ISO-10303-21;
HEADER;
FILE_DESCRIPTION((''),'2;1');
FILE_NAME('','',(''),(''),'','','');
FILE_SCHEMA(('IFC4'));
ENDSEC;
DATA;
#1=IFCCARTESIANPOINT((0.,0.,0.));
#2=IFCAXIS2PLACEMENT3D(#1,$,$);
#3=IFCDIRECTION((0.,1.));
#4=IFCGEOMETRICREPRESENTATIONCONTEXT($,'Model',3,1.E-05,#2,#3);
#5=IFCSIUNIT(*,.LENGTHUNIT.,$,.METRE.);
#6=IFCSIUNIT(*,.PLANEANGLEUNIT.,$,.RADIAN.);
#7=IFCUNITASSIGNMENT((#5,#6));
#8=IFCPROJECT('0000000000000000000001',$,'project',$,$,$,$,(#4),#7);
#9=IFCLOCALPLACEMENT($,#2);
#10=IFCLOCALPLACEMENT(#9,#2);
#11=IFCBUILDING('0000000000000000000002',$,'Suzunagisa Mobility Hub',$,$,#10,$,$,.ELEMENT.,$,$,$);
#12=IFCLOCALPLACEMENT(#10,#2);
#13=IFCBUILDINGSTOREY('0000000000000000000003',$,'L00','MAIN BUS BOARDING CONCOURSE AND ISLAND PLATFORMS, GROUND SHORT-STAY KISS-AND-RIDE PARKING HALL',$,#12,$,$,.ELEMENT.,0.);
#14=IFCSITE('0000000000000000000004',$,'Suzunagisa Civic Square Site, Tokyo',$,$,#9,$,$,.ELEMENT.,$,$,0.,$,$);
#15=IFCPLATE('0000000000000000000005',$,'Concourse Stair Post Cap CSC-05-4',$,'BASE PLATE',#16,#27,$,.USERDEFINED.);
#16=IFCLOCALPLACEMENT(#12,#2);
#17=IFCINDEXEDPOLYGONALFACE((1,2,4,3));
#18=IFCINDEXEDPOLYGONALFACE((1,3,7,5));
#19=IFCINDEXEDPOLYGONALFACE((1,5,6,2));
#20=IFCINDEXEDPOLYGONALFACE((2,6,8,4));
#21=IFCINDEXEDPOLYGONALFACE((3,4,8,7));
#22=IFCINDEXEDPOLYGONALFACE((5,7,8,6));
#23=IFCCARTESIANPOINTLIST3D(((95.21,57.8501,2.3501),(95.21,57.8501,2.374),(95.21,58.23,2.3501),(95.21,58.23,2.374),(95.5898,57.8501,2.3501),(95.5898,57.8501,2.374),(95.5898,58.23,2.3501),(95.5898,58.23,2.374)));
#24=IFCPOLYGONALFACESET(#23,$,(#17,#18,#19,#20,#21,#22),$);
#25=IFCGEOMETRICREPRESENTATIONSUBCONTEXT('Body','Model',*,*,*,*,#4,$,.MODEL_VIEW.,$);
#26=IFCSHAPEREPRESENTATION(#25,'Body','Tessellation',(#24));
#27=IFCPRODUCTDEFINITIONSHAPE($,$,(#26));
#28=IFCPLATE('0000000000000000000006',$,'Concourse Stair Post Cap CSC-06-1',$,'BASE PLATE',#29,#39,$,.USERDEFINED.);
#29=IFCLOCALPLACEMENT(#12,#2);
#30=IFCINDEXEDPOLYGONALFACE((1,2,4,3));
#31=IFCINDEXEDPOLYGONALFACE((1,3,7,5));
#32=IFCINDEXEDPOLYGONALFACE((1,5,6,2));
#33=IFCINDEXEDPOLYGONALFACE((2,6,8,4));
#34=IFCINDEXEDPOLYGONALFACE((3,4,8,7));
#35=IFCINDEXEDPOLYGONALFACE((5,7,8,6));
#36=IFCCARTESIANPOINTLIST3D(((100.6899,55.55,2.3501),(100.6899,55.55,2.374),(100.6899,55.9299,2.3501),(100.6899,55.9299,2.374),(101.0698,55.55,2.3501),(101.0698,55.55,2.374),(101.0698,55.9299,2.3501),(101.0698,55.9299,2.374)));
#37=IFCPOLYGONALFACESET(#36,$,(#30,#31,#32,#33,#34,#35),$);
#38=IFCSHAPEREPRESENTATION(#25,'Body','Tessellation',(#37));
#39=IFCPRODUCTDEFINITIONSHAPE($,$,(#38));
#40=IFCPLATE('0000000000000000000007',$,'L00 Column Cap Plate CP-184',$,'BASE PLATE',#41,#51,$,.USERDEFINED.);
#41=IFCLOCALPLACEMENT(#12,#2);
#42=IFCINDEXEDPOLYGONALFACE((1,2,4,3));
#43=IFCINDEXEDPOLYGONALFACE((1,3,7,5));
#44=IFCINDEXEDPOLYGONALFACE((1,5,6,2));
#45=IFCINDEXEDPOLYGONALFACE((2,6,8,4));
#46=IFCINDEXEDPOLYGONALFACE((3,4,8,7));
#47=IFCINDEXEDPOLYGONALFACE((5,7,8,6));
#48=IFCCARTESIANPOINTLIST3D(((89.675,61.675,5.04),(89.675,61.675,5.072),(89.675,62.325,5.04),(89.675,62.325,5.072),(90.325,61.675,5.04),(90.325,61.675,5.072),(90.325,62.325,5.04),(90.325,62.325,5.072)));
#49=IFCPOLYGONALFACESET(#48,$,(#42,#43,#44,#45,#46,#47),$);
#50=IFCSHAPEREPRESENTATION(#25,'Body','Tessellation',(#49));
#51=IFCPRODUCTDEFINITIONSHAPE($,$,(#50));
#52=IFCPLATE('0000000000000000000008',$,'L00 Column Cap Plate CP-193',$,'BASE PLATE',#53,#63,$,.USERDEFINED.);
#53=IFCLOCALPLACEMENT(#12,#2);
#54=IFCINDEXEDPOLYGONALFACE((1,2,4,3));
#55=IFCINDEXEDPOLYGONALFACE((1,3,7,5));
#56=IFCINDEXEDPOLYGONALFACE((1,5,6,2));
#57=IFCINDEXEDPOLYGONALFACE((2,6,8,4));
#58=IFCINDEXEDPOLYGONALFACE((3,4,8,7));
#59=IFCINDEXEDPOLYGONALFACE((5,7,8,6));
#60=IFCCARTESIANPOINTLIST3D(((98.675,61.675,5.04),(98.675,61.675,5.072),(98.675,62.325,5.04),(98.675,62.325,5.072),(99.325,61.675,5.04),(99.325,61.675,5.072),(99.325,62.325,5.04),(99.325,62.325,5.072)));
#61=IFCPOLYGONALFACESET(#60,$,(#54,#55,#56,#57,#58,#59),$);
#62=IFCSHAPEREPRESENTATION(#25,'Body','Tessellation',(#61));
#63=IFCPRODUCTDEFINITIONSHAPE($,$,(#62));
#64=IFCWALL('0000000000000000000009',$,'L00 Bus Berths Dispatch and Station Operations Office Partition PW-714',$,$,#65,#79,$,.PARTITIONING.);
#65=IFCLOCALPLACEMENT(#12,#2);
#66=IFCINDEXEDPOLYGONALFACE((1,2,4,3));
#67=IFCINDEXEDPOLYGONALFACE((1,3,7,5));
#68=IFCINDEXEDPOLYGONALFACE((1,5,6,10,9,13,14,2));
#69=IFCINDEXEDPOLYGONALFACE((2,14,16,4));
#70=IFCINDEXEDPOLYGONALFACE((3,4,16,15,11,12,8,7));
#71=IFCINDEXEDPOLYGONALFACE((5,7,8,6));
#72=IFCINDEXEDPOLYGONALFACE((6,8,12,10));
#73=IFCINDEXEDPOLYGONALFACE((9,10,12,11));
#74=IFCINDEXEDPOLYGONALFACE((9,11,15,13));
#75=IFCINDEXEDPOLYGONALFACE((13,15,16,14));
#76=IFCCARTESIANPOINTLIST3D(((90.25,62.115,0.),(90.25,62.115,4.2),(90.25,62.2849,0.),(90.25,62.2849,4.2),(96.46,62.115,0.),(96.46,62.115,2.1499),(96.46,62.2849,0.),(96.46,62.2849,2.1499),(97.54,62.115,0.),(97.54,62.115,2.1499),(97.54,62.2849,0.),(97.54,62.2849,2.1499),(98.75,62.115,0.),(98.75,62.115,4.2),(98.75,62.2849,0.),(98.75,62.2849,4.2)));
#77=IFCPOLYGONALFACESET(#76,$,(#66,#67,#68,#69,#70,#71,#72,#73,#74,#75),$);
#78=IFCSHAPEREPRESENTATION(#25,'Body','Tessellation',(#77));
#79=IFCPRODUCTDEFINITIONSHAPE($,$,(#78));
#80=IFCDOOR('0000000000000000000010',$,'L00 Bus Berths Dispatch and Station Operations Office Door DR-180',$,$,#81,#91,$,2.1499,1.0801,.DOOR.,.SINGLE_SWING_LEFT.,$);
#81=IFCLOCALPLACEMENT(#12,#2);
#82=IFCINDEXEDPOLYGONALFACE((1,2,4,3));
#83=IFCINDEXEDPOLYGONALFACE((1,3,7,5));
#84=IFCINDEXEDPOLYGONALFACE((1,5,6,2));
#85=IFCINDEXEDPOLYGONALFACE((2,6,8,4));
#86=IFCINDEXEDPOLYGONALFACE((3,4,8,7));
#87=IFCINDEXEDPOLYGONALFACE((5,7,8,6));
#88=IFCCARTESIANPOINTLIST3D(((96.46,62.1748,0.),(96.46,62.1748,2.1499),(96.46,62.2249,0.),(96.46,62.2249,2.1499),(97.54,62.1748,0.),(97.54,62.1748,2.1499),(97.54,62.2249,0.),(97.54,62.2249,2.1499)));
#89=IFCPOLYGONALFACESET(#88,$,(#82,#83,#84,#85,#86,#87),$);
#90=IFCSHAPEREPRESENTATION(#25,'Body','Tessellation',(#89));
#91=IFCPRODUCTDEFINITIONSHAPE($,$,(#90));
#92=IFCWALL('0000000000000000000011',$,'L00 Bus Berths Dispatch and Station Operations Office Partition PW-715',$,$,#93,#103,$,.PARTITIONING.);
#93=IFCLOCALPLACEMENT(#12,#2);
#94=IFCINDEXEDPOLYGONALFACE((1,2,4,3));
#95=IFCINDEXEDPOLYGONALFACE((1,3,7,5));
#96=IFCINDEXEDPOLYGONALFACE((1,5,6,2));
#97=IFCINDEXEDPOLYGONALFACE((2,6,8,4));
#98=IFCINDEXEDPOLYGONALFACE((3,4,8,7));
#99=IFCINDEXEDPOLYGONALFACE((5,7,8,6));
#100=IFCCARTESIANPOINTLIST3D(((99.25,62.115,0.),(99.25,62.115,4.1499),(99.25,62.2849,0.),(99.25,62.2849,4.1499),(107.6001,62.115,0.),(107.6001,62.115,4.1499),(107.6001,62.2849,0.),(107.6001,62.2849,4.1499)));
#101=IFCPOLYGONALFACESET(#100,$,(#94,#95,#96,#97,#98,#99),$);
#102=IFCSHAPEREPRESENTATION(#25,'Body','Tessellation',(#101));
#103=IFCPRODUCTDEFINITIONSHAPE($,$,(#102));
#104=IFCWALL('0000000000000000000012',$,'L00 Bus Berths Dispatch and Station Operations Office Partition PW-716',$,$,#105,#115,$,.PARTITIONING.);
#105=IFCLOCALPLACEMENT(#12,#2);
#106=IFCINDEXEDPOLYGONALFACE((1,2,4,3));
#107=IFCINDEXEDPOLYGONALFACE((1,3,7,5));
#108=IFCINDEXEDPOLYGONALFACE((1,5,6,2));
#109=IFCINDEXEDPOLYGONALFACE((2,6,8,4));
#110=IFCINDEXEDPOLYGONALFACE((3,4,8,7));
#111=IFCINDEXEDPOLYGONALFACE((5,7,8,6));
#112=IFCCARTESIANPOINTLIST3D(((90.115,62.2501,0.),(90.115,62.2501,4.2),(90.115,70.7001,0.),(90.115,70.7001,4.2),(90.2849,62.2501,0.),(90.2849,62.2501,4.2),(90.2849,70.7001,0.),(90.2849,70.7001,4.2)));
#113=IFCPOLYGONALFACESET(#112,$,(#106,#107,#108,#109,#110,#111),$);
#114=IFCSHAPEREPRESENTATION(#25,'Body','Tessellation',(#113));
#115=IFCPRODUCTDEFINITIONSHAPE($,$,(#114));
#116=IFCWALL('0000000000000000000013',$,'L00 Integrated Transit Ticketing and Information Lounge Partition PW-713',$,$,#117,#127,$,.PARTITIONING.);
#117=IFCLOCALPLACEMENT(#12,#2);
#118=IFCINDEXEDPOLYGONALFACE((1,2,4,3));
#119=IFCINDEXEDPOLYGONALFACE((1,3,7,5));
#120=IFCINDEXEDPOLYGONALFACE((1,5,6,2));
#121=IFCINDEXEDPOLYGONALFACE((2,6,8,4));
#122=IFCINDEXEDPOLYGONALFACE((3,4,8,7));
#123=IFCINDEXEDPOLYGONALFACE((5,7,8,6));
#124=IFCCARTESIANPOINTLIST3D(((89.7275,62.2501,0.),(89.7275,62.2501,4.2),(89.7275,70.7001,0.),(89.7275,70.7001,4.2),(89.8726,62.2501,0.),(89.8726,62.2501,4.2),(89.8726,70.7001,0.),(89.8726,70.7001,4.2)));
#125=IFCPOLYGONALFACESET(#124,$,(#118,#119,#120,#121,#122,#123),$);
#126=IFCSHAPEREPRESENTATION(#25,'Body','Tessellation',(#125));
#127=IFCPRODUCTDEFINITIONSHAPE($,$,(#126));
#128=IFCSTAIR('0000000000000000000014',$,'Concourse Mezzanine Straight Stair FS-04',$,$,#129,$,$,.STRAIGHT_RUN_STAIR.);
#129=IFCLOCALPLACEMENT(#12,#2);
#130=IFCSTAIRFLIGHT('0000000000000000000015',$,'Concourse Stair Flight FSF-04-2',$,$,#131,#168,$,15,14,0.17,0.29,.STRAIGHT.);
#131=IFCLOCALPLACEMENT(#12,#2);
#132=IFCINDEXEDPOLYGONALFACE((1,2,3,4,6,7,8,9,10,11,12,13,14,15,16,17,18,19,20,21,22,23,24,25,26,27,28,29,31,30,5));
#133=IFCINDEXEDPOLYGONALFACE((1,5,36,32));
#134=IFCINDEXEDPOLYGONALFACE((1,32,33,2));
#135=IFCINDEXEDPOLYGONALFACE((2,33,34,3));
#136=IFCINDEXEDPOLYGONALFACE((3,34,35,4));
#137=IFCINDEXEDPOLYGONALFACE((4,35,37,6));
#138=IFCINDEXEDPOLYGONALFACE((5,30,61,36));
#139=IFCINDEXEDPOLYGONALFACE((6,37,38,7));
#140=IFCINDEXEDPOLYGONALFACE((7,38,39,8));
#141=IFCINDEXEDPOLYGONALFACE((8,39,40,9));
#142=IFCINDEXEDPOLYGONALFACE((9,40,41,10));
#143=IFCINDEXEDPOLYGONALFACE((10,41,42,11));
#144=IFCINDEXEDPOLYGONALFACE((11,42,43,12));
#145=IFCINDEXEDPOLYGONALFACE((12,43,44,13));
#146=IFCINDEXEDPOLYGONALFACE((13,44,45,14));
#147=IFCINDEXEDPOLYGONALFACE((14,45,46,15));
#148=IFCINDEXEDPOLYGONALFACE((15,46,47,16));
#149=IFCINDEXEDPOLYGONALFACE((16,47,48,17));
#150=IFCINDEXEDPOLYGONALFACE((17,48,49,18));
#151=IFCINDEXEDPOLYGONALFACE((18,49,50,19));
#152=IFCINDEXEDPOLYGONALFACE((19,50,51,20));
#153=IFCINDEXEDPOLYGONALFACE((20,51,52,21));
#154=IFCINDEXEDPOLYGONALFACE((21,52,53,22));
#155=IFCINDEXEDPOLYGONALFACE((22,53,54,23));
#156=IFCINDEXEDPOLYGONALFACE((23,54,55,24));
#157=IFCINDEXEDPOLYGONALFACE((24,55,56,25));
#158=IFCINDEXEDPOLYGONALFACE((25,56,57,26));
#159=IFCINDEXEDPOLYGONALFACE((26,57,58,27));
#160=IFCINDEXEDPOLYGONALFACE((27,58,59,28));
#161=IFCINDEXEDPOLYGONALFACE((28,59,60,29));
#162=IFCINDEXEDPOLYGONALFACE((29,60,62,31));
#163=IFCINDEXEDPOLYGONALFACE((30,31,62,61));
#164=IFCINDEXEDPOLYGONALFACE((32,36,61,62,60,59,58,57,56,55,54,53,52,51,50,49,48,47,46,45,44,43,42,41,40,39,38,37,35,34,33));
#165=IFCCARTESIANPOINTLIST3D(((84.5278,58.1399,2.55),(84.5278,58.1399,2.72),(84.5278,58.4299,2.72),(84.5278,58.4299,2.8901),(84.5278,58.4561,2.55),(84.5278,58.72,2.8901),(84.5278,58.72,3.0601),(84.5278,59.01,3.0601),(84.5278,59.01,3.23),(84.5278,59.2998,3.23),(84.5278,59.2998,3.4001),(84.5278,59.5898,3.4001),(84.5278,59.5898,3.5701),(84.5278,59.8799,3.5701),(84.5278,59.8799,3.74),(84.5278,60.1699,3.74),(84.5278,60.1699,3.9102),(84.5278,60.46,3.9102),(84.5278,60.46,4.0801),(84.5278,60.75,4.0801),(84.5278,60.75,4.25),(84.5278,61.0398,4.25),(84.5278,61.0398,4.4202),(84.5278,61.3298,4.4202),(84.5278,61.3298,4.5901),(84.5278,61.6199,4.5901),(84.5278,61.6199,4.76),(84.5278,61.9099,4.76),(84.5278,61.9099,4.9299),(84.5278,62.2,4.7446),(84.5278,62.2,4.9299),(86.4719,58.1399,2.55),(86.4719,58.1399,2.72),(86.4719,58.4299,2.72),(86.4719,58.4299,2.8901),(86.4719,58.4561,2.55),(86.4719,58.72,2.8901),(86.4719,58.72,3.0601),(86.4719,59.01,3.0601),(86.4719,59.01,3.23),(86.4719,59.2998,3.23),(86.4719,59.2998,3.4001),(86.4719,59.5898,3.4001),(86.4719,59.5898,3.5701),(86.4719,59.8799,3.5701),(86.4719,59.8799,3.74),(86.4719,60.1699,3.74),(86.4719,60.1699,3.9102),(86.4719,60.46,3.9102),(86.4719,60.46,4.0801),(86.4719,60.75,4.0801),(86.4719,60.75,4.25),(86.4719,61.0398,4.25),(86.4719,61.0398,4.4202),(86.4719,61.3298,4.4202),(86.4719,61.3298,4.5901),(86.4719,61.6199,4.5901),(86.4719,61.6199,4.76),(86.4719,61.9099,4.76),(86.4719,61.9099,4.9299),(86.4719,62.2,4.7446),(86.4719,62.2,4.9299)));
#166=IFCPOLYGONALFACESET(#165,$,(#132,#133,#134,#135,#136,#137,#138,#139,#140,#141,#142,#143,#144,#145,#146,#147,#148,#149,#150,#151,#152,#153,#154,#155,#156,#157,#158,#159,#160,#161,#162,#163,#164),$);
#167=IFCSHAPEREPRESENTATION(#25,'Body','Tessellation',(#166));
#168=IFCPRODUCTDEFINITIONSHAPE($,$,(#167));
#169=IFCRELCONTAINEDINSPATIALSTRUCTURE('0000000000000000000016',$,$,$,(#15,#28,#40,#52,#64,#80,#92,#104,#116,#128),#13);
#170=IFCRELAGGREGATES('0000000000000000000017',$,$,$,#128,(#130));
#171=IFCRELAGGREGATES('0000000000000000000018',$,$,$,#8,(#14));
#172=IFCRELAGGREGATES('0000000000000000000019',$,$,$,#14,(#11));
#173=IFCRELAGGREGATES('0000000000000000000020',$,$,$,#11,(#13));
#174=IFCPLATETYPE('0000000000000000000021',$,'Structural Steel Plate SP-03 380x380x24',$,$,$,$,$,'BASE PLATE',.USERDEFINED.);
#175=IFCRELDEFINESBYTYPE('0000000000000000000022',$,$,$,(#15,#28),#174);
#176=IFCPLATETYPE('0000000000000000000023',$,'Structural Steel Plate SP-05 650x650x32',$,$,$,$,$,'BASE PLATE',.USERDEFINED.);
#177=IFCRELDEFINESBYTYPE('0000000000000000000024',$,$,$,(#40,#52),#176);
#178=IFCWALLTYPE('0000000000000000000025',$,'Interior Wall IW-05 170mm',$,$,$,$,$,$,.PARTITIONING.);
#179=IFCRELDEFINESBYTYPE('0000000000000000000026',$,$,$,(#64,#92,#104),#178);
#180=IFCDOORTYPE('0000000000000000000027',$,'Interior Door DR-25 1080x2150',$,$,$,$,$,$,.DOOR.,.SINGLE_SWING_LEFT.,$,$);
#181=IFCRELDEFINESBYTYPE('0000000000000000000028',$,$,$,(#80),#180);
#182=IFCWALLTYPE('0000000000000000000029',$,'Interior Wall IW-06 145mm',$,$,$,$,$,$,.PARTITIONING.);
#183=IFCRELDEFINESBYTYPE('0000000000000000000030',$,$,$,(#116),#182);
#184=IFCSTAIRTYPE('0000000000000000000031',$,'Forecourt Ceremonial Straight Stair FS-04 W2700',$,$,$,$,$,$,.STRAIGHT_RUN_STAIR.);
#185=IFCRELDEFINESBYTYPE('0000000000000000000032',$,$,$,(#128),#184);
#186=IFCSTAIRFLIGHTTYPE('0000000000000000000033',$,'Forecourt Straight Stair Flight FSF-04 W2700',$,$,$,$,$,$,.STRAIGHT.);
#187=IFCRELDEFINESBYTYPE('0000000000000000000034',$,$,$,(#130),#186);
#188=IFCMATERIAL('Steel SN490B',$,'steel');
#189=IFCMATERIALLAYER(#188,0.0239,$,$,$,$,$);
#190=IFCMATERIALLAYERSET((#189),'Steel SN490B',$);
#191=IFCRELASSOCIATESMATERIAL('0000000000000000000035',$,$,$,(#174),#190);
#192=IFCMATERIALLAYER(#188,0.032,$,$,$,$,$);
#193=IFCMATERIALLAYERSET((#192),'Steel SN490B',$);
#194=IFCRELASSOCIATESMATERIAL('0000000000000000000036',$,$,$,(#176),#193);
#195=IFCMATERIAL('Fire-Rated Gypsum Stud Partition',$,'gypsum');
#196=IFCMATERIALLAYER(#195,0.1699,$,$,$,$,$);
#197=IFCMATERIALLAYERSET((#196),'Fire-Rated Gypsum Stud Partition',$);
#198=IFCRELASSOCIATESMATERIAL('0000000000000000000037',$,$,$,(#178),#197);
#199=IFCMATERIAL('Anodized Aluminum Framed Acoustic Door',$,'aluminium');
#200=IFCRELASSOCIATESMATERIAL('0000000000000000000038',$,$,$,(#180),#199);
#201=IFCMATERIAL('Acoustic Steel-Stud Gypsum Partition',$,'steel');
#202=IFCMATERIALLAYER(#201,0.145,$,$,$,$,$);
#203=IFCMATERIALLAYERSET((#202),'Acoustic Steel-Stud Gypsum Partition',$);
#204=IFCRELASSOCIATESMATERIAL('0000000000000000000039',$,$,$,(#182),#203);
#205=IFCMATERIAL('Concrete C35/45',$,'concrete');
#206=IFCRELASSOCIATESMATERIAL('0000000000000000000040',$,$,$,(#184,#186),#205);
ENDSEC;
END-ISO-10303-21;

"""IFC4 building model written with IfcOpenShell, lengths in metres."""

from ifc_helpers import new_model, si_unit, direction, frame, frame_2d, origin, origin_2d, place, context, subcontext, project, spatial, polyline, rectangle, outline, extrude, material, layer, layer_set, type_object, element, fill, aggregate, save


model = new_model("IFC4")

# Units and contexts
model_context = context("Model", 3, precision=1e-05, world=origin(), true_north=direction((0.0, 1.0)))
body_context = subcontext(model_context, "Body", "Model", "MODEL_VIEW")
ifc_project = project(units=[si_unit("LENGTHUNIT", "METRE"), si_unit("PLANEANGLEUNIT", "RADIAN")], contexts=[model_context])

# Site, building, storey
site_placement = place(None, origin())
site = spatial("IfcSite", under=ifc_project, at=site_placement, Name="Suzunagisa Civic Square Site, Tokyo", CompositionType="ELEMENT", RefElevation=0.0)
building_placement = place(site_placement, origin())
building = spatial("IfcBuilding", under=site, at=building_placement, Name="Suzunagisa Mobility Hub", CompositionType="ELEMENT")
storey_placement = place(building_placement, origin())
storey = spatial("IfcBuildingStorey", under=building, at=storey_placement, Name="L00", Description="MAIN BUS BOARDING CONCOURSE AND ISLAND PLATFORMS, GROUND SHORT-STAY KISS-AND-RIDE PARKING HALL", CompositionType="ELEMENT", Elevation=0.0)

# Shared definitions
ifc_material_1 = material(Name="Steel SN490B", Category="steel")

# Plates
ifc_layer_1 = layer(ifc_material_1, 0.0239)
ifc_layer_set_1 = layer_set([ifc_layer_1], Name="Steel SN490B")
plate_type_1 = type_object("IfcPlateType", Name="Structural Steel Plate SP-03 380x380x24", ElementType="BASE PLATE", PredefinedType="USERDEFINED", material=ifc_layer_set_1)
for number, where, z_axis, x_axis, name in (
    (1, (95.3999, 58.04, 2.3501), (0.0, 0.0, 1.0), (1.0, 0.0, 0.0), "Concourse Stair Post Cap CSC-05-4"),
    (2, (100.8799, 55.74, 2.3501), (0.0, 0.0, 1.0), (1.0, 0.0, 0.0), "Concourse Stair Post Cap CSC-06-1"),
):
    element("IfcPlate", number, at=place(storey_placement, frame(where, z_axis=z_axis, x_axis=x_axis)), inside=storey, type_object=plate_type_1, Name=name, ObjectType="BASE PLATE", PredefinedType="USERDEFINED", context=body_context, shape_type="SweptSolid", body=[
        extrude(rectangle(XDim=0.3799, YDim=0.3799, at=origin_2d()), origin(), (0.0, 0.0, 1.0), 0.0239),
    ])
ifc_layer_2 = layer(ifc_material_1, 0.032)
ifc_layer_set_2 = layer_set([ifc_layer_2], Name="Steel SN490B")
plate_type_2 = type_object("IfcPlateType", Name="Structural Steel Plate SP-05 650x650x32", ElementType="BASE PLATE", PredefinedType="USERDEFINED", material=ifc_layer_set_2)
for number, where, z_axis, x_axis, name in (
    (3, (90.0, 62.0, 5.04), (0.0, 0.0, 1.0), (1.0, 0.0, 0.0), "L00 Column Cap Plate CP-184"),
    (4, (99.0, 62.0, 5.04), (0.0, 0.0, 1.0), (1.0, 0.0, 0.0), "L00 Column Cap Plate CP-193"),
):
    element("IfcPlate", number, at=place(storey_placement, frame(where, z_axis=z_axis, x_axis=x_axis)), inside=storey, type_object=plate_type_2, Name=name, ObjectType="BASE PLATE", PredefinedType="USERDEFINED", context=body_context, shape_type="SweptSolid", body=[
        extrude(rectangle(XDim=0.6499, YDim=0.6499, at=origin_2d()), origin(), (0.0, 0.0, 1.0), 0.032),
    ])

# Wall, opening, door
ifc_material_2 = material(Name="Fire-Rated Gypsum Stud Partition", Category="gypsum")
ifc_layer_3 = layer(ifc_material_2, 0.1699)
ifc_layer_set_3 = layer_set([ifc_layer_3], Name="Fire-Rated Gypsum Stud Partition")
wall_type_1 = type_object("IfcWallType", Name="Interior Wall IW-05 170mm", PredefinedType="PARTITIONING", material=ifc_layer_set_3)
wall_1_placement = place(storey_placement, frame((90.25, 62.2, 0.0), z_axis=(0.0, 0.0, 1.0), x_axis=(1.0, 0.0, 0.0)))
wall_1 = element("IfcWall", 5, at=wall_1_placement, inside=storey, type_object=wall_type_1, Name="L00 Bus Berths Dispatch and Station Operations Office Partition PW-714", PredefinedType="PARTITIONING", context=body_context, shape_type="SweptSolid", body=[
    extrude(rectangle(XDim=8.5, YDim=0.1699, at=frame_2d((4.25, 0.0))), origin(), (0.0, 0.0, 1.0), 4.2),
])
opening_placement = place(wall_1_placement, frame((6.21, 0.0, 0.0)))
opening = element("IfcOpeningElement", 6, at=opening_placement, cuts=wall_1, PredefinedType="OPENING", context=body_context, shape_type="SweptSolid", body=[
    extrude(rectangle(XDim=1.0801, YDim=2.1499, at=frame_2d((0.54, 1.075))), frame((0.0, 0.0959, 0.0), z_axis=(0.0, -1.0, 0.0), x_axis=(1.0, 0.0, 0.0)), (0.0, 0.0, 1.0), 0.1919),
])
ifc_material_3 = material(Name="Anodized Aluminum Framed Acoustic Door", Category="aluminium")
door_type = type_object("IfcDoorType", Name="Interior Door DR-25 1080x2150", OperationType="SINGLE_SWING_LEFT", PredefinedType="DOOR", material=ifc_material_3)
door_placement = place(opening_placement, origin())
door = element("IfcDoor", 7, at=door_placement, inside=storey, type_object=door_type, Name="L00 Bus Berths Dispatch and Station Operations Office Door DR-180", OperationType="SINGLE_SWING_LEFT", OverallHeight=2.1499, OverallWidth=1.0801, PredefinedType="DOOR", context=body_context, shape_type="SweptSolid", body=[
    extrude(rectangle(XDim=1.0801, YDim=2.1499, at=frame_2d((0.54, 1.075))), frame((0.0, 0.0249, 0.0), z_axis=(0.0, -1.0, 0.0), x_axis=(1.0, 0.0, 0.0)), (0.0, 0.0, 1.0), 0.05),
])
fill(opening, door)

# Walls
wall_2_placement = place(storey_placement, frame((99.25, 62.2, 0.0), z_axis=(0.0, 0.0, 1.0), x_axis=(1.0, 0.0, 0.0)))
element("IfcWall", 8, at=wall_2_placement, inside=storey, type_object=wall_type_1, Name="L00 Bus Berths Dispatch and Station Operations Office Partition PW-715", PredefinedType="PARTITIONING", context=body_context, shape_type="SweptSolid", body=[
    extrude(rectangle(XDim=8.3501, YDim=0.1699, at=frame_2d((4.175, 0.0))), origin(), (0.0, 0.0, 1.0), 4.1499),
])
wall_3_placement = place(storey_placement, frame((90.2, 62.25, 0.0), z_axis=(0.0, 0.0, 1.0), x_axis=(0.0, 1.0, 0.0)))
element("IfcWall", 9, at=wall_3_placement, inside=storey, type_object=wall_type_1, Name="L00 Bus Berths Dispatch and Station Operations Office Partition PW-716", PredefinedType="PARTITIONING", context=body_context, shape_type="SweptSolid", body=[
    extrude(rectangle(XDim=8.45, YDim=0.1699, at=frame_2d((4.2251, 0.0))), origin(), (0.0, 0.0, 1.0), 4.2),
])
ifc_material_4 = material(Name="Acoustic Steel-Stud Gypsum Partition", Category="steel")
ifc_layer_4 = layer(ifc_material_4, 0.145)
ifc_layer_set_4 = layer_set([ifc_layer_4], Name="Acoustic Steel-Stud Gypsum Partition")
wall_type_2 = type_object("IfcWallType", Name="Interior Wall IW-06 145mm", PredefinedType="PARTITIONING", material=ifc_layer_set_4)
wall_4_placement = place(storey_placement, frame((89.8, 62.25, 0.0), z_axis=(0.0, 0.0, 1.0), x_axis=(0.0, 1.0, 0.0)))
element("IfcWall", 10, at=wall_4_placement, inside=storey, type_object=wall_type_2, Name="L00 Integrated Transit Ticketing and Information Lounge Partition PW-713", PredefinedType="PARTITIONING", context=body_context, shape_type="SweptSolid", body=[
    extrude(rectangle(XDim=8.45, YDim=0.145, at=frame_2d((4.2251, 0.0))), origin(), (0.0, 0.0, 1.0), 4.2),
])

# Stair, stair flight
ifc_material_5 = material(Name="Concrete C35/45", Category="concrete")
stair_type_1 = type_object("IfcStairType", Name="Forecourt Ceremonial Straight Stair FS-04 W2700", PredefinedType="STRAIGHT_RUN_STAIR", material=ifc_material_5)
stair_1_placement = place(storey_placement, origin())
stair_1 = element("IfcStair", 11, at=stair_1_placement, inside=storey, type_object=stair_type_1, Name="Concourse Mezzanine Straight Stair FS-04", PredefinedType="STRAIGHT_RUN_STAIR")
stair_flight_type_1 = type_object("IfcStairFlightType", Name="Forecourt Straight Stair Flight FSF-04 W2700", PredefinedType="STRAIGHT", material=ifc_material_5)
stair_flight_1_placement = place(storey_placement, frame((85.5, 58.1399, 2.55), z_axis=(0.0, 0.0, 1.0), x_axis=(0.0, 1.0, 0.0)))
stair_flight_1 = element("IfcStairFlight", 12, at=stair_flight_1_placement, type_object=stair_flight_type_1, Name="Concourse Stair Flight FSF-04-2", NumberOfRisers=15, NumberOfTreads=14, PredefinedType="STRAIGHT", RiserHeight=0.17, TreadLength=0.29, context=body_context, shape_type="SweptSolid", body=[
    extrude(outline(polyline([(0.0, 0.0), (0.0, 0.1699), (0.29, 0.1699), (0.29, 0.3401), (0.5801, 0.3401), (0.5801, 0.51), (0.8701, 0.51), (0.8701, 0.6799), (1.1599, 0.6799), (1.1599, 0.8501), (1.45, 0.8501), (1.45, 1.02), (1.74, 1.02), (1.74, 1.1899), (2.03, 1.1899), (2.03, 1.3601), (2.3201, 1.3601), (2.3201, 1.53), (2.6101, 1.53), (2.6101, 1.7), (2.8999, 1.7), (2.8999, 1.8701), (3.1899, 1.8701), (3.1899, 2.04), (3.48, 2.04), (3.48, 2.21), (3.77, 2.21), (3.77, 2.3799), (4.0601, 2.3799), (4.0601, 2.55), (4.0601, 2.1946), (0.3162, 0.0), (0.0, 0.0)])), frame((0.0, 0.9722, 0.0), z_axis=(0.0, -1.0, 0.0), x_axis=(1.0, 0.0, 0.0)), (0.0, 0.0, 1.0), 1.9441),
])
aggregate(stair_1, [stair_flight_1])

save(model, "model.ifc")
